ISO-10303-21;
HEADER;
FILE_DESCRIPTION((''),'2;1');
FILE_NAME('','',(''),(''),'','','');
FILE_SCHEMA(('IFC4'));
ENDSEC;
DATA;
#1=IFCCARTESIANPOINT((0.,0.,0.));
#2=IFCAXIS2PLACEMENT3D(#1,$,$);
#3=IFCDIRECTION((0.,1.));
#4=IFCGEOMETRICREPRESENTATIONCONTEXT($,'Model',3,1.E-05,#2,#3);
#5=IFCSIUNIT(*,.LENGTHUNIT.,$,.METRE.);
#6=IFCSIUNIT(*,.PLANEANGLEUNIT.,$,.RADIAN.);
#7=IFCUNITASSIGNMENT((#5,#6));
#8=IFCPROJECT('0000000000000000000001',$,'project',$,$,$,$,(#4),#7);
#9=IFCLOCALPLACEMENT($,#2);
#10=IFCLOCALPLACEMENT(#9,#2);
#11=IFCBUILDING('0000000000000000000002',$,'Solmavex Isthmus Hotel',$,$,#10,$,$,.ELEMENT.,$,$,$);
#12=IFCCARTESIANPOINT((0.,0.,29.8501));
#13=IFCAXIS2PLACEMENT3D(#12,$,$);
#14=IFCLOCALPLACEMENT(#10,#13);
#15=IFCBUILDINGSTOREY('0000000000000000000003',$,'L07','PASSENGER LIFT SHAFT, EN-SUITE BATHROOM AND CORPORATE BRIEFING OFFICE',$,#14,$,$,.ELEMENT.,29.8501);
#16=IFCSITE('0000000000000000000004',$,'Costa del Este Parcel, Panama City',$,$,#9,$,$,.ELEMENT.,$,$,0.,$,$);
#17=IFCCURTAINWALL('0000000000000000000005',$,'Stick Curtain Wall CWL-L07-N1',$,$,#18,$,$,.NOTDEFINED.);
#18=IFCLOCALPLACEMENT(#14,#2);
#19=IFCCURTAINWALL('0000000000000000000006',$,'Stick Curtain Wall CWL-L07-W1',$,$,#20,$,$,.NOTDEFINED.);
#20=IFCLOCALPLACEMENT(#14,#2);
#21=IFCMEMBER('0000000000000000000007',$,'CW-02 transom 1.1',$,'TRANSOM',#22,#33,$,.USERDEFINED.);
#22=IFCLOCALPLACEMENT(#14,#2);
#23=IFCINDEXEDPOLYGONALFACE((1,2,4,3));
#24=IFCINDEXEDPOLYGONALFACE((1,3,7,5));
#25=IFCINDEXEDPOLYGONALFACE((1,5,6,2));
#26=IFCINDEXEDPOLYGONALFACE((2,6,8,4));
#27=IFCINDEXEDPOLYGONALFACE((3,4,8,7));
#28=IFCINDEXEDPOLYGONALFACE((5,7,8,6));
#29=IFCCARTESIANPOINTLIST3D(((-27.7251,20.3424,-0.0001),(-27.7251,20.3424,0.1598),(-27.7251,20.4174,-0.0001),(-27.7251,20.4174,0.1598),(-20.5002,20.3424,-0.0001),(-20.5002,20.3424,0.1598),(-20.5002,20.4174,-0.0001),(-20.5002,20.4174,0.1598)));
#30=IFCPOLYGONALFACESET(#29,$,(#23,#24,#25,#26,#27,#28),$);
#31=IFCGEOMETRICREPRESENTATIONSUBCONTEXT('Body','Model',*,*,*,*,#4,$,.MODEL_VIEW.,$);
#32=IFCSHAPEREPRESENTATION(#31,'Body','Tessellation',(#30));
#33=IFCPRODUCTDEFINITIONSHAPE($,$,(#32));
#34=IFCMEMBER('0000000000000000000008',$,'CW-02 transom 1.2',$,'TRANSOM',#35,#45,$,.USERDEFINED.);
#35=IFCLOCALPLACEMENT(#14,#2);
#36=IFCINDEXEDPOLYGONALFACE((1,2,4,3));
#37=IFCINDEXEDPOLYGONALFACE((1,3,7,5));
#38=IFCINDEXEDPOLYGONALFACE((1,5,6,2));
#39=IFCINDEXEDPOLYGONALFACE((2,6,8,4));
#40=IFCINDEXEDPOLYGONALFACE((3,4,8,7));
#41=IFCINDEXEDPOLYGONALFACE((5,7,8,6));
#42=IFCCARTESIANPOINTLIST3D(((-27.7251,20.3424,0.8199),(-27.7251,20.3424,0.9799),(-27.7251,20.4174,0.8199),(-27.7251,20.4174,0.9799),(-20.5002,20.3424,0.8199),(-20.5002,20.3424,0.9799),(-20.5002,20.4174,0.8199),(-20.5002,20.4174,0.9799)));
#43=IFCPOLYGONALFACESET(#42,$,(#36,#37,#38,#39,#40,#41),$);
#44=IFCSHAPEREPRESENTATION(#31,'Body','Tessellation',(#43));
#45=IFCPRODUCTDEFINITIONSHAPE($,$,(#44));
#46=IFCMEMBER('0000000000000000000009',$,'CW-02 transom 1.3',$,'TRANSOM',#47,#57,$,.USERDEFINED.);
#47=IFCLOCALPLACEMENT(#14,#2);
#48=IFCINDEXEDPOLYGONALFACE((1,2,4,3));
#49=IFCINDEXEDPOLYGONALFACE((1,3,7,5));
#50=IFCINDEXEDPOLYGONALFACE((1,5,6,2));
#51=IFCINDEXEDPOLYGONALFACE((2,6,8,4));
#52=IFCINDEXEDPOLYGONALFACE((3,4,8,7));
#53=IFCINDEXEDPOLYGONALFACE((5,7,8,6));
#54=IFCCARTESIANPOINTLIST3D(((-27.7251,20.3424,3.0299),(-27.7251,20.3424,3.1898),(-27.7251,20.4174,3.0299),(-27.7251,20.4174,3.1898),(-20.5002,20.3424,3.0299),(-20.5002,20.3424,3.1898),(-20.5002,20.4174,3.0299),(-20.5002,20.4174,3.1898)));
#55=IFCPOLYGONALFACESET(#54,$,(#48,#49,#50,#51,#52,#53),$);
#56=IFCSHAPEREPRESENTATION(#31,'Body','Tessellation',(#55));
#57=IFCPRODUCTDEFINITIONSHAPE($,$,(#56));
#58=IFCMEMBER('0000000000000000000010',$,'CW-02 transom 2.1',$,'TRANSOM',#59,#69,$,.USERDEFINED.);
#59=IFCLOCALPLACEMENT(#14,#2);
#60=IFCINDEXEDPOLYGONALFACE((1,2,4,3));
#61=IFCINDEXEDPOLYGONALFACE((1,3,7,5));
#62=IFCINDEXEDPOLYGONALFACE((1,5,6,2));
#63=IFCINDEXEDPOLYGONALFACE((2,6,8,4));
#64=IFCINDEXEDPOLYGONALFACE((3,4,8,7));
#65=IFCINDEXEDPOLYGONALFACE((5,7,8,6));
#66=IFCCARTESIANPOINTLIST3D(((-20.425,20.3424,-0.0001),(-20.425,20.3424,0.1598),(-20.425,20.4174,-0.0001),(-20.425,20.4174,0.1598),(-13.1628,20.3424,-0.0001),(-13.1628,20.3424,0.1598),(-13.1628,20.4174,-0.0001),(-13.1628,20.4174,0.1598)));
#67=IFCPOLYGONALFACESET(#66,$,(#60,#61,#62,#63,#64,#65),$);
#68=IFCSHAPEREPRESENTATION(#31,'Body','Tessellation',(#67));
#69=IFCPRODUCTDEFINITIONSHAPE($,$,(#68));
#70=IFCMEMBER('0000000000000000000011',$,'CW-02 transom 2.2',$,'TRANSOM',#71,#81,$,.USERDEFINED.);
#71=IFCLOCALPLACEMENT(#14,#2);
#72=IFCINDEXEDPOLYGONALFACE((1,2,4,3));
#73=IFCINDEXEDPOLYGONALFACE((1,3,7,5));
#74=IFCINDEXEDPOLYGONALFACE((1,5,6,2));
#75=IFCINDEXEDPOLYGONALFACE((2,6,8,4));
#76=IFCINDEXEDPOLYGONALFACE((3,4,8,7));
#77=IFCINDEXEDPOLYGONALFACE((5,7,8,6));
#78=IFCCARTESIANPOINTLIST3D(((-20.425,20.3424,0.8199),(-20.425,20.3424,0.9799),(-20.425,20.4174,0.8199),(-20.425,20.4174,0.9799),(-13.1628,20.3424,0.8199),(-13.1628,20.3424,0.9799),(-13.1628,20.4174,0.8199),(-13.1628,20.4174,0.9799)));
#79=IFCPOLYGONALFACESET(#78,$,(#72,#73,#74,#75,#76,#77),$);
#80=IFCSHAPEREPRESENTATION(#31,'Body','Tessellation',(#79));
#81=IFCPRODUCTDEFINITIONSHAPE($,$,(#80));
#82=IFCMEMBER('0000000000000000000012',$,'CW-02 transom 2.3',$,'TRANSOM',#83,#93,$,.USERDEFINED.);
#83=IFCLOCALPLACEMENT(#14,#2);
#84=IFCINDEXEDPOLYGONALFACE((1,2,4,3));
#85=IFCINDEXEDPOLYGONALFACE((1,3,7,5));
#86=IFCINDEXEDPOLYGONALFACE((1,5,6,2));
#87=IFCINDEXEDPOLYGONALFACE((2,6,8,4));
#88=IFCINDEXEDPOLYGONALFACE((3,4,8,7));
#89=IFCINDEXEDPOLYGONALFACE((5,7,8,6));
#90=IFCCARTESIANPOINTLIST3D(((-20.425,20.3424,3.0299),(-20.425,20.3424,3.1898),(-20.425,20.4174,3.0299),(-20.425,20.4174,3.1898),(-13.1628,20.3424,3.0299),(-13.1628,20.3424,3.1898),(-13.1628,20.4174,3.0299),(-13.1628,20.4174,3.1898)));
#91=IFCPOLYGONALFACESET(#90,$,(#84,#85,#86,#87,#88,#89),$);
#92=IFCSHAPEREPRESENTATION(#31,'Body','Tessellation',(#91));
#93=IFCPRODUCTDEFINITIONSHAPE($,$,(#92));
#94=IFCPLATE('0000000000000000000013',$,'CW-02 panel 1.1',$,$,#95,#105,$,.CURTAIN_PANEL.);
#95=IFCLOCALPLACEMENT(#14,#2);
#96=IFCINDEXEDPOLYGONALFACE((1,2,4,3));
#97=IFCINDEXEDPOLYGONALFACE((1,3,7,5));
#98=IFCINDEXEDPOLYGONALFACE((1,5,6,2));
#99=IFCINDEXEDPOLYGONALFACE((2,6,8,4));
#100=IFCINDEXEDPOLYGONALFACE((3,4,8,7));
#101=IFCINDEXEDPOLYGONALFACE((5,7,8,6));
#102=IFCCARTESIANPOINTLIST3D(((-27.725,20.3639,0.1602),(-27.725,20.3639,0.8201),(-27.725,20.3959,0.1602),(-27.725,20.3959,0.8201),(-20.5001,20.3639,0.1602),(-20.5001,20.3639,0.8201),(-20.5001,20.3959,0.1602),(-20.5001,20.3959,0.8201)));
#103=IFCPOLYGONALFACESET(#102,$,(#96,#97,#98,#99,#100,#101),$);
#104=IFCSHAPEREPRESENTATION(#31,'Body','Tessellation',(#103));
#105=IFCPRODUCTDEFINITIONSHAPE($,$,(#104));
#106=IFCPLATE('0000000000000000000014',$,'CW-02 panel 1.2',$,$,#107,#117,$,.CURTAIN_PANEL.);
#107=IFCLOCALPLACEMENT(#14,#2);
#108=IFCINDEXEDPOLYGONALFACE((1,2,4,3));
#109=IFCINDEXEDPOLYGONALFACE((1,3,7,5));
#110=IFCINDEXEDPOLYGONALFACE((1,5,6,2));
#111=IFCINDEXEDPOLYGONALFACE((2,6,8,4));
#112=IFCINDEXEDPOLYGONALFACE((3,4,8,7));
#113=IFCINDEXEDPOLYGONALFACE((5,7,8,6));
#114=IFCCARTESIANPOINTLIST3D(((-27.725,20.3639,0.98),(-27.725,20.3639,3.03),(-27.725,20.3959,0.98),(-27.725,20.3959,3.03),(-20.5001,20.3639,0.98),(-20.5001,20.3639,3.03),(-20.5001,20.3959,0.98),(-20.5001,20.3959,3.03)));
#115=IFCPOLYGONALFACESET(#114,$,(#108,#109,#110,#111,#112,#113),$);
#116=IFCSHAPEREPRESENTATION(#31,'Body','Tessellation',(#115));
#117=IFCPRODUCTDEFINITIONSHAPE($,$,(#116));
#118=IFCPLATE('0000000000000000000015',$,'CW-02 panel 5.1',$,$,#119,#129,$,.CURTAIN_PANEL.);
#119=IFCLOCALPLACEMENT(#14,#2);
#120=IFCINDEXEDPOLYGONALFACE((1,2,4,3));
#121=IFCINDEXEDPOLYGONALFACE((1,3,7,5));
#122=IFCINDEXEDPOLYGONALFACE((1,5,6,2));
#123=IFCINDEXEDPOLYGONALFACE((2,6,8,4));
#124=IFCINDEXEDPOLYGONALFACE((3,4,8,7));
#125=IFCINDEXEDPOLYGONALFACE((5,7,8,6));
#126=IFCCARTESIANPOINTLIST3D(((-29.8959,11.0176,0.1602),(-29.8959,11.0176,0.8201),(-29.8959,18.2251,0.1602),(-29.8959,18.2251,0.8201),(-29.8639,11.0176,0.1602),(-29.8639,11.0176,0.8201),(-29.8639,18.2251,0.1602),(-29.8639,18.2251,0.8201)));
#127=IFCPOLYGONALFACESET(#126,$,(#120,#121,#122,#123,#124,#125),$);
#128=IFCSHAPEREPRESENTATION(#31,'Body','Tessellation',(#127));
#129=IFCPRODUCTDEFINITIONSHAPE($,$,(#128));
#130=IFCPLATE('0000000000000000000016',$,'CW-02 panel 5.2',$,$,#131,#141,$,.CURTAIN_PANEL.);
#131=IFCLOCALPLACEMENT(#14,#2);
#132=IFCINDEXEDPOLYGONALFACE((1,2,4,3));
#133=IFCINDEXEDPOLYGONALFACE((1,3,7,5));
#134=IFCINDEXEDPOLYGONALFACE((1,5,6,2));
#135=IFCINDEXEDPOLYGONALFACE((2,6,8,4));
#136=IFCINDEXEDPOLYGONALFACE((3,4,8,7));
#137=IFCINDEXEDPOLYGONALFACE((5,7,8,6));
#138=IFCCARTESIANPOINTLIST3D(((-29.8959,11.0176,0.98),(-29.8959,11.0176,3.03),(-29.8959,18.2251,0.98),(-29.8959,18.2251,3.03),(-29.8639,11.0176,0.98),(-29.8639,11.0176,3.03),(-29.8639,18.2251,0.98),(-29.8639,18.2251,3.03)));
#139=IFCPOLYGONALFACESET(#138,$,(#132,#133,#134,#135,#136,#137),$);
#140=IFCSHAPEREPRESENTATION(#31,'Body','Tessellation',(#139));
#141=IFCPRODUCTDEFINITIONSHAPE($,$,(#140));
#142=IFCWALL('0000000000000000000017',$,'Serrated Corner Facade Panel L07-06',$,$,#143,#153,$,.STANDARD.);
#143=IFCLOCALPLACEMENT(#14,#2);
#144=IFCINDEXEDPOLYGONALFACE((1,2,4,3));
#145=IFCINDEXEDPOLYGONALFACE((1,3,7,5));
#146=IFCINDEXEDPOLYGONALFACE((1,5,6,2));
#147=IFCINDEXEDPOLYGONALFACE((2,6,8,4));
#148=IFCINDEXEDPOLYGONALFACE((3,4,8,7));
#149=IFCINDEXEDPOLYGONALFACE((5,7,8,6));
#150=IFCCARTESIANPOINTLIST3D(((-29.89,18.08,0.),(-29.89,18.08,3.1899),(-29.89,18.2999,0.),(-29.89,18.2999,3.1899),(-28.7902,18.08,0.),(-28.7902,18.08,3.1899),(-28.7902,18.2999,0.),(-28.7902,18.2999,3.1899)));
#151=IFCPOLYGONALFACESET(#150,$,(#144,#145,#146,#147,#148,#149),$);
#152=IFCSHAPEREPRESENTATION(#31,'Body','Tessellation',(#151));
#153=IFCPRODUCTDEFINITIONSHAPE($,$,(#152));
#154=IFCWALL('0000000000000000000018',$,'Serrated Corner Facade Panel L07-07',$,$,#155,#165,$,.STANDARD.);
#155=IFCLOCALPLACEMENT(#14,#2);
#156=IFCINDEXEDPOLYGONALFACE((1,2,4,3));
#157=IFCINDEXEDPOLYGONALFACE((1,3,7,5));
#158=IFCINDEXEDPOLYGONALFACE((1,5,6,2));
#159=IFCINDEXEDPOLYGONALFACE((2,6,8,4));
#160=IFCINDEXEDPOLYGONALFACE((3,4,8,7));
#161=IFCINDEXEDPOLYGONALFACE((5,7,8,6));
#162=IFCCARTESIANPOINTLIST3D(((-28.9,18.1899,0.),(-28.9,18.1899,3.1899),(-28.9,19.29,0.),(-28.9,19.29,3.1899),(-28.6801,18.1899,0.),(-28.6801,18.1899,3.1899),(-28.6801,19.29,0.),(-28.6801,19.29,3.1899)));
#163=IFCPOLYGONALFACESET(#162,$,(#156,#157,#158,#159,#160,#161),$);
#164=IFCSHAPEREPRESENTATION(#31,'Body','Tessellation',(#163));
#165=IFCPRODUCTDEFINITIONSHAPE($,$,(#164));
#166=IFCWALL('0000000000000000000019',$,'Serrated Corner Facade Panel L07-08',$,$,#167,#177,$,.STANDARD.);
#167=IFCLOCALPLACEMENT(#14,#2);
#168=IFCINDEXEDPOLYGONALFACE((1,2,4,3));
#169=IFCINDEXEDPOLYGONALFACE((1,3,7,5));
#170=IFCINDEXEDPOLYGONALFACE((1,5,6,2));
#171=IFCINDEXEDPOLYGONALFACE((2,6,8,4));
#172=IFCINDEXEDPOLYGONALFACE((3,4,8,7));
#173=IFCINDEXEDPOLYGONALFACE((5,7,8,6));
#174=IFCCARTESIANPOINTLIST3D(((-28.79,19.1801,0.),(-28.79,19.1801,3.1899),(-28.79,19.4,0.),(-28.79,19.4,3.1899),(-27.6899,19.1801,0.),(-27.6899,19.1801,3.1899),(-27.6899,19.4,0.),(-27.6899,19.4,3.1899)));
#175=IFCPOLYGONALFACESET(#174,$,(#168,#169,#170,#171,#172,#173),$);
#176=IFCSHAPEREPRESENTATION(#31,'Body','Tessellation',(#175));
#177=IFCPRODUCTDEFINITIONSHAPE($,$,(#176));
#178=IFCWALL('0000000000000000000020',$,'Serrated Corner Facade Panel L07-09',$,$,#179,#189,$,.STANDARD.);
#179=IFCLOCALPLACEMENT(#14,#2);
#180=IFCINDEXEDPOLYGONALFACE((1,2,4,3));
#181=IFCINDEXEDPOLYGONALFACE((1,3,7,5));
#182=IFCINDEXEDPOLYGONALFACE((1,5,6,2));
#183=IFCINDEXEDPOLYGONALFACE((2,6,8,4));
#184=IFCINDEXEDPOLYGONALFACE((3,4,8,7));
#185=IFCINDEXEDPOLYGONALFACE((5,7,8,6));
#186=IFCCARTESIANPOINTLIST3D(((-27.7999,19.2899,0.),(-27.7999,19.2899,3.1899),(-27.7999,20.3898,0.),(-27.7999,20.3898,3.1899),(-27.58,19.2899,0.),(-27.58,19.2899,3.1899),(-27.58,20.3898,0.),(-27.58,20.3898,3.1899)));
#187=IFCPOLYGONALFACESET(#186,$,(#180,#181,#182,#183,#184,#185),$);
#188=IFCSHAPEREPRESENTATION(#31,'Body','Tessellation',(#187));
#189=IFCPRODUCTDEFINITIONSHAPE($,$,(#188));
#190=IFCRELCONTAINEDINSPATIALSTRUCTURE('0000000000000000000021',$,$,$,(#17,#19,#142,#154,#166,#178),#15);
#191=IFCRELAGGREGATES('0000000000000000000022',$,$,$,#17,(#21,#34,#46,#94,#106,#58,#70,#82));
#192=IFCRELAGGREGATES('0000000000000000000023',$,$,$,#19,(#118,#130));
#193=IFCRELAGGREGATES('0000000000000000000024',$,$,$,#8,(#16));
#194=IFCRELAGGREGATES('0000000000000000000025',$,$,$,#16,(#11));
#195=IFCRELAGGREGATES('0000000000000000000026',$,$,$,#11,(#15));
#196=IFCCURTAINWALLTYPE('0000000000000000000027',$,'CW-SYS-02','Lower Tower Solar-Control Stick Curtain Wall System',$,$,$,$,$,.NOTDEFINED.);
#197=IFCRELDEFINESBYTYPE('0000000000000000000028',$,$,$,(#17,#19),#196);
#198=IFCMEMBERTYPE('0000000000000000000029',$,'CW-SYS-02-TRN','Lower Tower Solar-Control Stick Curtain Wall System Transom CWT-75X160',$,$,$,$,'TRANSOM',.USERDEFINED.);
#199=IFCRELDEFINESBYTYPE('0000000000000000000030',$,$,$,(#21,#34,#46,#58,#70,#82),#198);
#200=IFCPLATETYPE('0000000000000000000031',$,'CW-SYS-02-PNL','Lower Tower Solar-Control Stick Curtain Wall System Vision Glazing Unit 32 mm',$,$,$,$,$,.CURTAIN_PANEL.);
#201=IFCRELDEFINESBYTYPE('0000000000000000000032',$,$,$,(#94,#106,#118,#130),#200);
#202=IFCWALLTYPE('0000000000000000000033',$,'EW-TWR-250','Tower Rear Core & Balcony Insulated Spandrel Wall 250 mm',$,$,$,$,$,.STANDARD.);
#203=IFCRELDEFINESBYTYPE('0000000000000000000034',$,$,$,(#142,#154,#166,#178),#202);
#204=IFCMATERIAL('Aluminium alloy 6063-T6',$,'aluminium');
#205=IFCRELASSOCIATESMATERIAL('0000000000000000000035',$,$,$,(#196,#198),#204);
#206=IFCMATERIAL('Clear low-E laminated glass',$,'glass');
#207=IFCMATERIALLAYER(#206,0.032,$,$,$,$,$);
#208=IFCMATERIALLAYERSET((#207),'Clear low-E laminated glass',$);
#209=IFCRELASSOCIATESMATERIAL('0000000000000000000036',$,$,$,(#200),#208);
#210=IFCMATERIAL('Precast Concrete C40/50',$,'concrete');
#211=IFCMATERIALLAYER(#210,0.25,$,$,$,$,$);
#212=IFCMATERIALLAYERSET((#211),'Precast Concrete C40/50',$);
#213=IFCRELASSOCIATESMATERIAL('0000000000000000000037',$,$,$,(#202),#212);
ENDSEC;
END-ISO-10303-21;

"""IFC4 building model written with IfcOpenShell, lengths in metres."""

from ifc_helpers import new_model, si_unit, direction, frame, frame_2d, origin, origin_2d, place, context, subcontext, project, spatial, rectangle, extrude, material, layer, layer_set, material_profile, profile_set, type_object, element, aggregate, save


model = new_model("IFC4")

# Units and contexts
model_context = context("Model", 3, precision=1e-05, world=origin(), true_north=direction((0.0, 1.0)))
body_context = subcontext(model_context, "Body", "Model", "MODEL_VIEW")
ifc_project = project(units=[si_unit("LENGTHUNIT", "METRE"), si_unit("PLANEANGLEUNIT", "RADIAN")], contexts=[model_context])

# Site, building, storey
site_placement = place(None, origin())
site = spatial("IfcSite", under=ifc_project, at=site_placement, Name="Costa del Este Parcel, Panama City", CompositionType="ELEMENT", RefElevation=0.0)
building_placement = place(site_placement, origin())
building = spatial("IfcBuilding", under=site, at=building_placement, Name="Solmavex Isthmus Hotel", CompositionType="ELEMENT")
storey_placement = place(building_placement, frame((0.0, 0.0, 29.8501)))
storey = spatial("IfcBuildingStorey", under=building, at=storey_placement, Name="L07", Description="PASSENGER LIFT SHAFT, EN-SUITE BATHROOM AND CORPORATE BRIEFING OFFICE", CompositionType="ELEMENT", Elevation=29.8501)

# Curtain wall
ifc_material_1 = material(Name="Aluminium alloy 6063-T6", Category="aluminium")
curtain_wall_type = type_object("IfcCurtainWallType", Name="CW-SYS-02", Description="Lower Tower Solar-Control Stick Curtain Wall System", PredefinedType="NOTDEFINED", material=ifc_material_1)
curtain_wall_1_placement = place(storey_placement, origin())
curtain_wall_1 = element("IfcCurtainWall", 1, at=curtain_wall_1_placement, inside=storey, type_object=curtain_wall_type, Name="Stick Curtain Wall CWL-L07-N1", PredefinedType="NOTDEFINED")

# Curtain wall
curtain_wall_2_placement = place(storey_placement, origin())
curtain_wall_2 = element("IfcCurtainWall", 2, at=curtain_wall_2_placement, inside=storey, type_object=curtain_wall_type, Name="Stick Curtain Wall CWL-L07-W1", PredefinedType="NOTDEFINED")

# Members
ifc_material_profile_1 = material_profile(ifc_material_1, rectangle(XDim=0.075, YDim=0.1599, at=origin_2d()), Name="CWT-75X160")
ifc_profile_set_1 = profile_set([ifc_material_profile_1], Name="Aluminium alloy 6063-T6")
member_type_1 = type_object("IfcMemberType", Name="CW-SYS-02-TRN", Description="Lower Tower Solar-Control Stick Curtain Wall System Transom CWT-75X160", ElementType="TRANSOM", PredefinedType="USERDEFINED", material=ifc_profile_set_1)
member_1_placement = place(storey_placement, frame((-27.7251, 20.3799, 0.0798), z_axis=(1.0, 0.0, 0.0), x_axis=(0.0, 1.0, 0.0)))
member_1 = element("IfcMember", 3, at=member_1_placement, type_object=member_type_1, Name="CW-02 transom 1.1", ObjectType="TRANSOM", PredefinedType="USERDEFINED", context=body_context, shape_type="SweptSolid", body=[
    extrude(rectangle(XDim=0.075, YDim=0.1599, at=origin_2d()), origin(), (0.0, 0.0, 1.0), 7.2249),
])
member_2_placement = place(storey_placement, frame((-27.7251, 20.3799, 0.8999), z_axis=(1.0, 0.0, 0.0), x_axis=(0.0, 1.0, 0.0)))
member_2 = element("IfcMember", 4, at=member_2_placement, type_object=member_type_1, Name="CW-02 transom 1.2", ObjectType="TRANSOM", PredefinedType="USERDEFINED", context=body_context, shape_type="SweptSolid", body=[
    extrude(rectangle(XDim=0.075, YDim=0.1599, at=origin_2d()), origin(), (0.0, 0.0, 1.0), 7.2249),
])
member_3_placement = place(storey_placement, frame((-27.7251, 20.3799, 3.1099), z_axis=(1.0, 0.0, 0.0), x_axis=(0.0, 1.0, 0.0)))
member_3 = element("IfcMember", 5, at=member_3_placement, type_object=member_type_1, Name="CW-02 transom 1.3", ObjectType="TRANSOM", PredefinedType="USERDEFINED", context=body_context, shape_type="SweptSolid", body=[
    extrude(rectangle(XDim=0.075, YDim=0.1599, at=origin_2d()), origin(), (0.0, 0.0, 1.0), 7.2249),
])
member_4_placement = place(storey_placement, frame((-20.425, 20.3799, 0.0798), z_axis=(1.0, 0.0, 0.0), x_axis=(0.0, 1.0, 0.0)))
member_4 = element("IfcMember", 6, at=member_4_placement, type_object=member_type_1, Name="CW-02 transom 2.1", ObjectType="TRANSOM", PredefinedType="USERDEFINED", context=body_context, shape_type="SweptSolid", body=[
    extrude(rectangle(XDim=0.075, YDim=0.1599, at=origin_2d()), origin(), (0.0, 0.0, 1.0), 7.2622),
])
member_5_placement = place(storey_placement, frame((-20.425, 20.3799, 0.8999), z_axis=(1.0, 0.0, 0.0), x_axis=(0.0, 1.0, 0.0)))
member_5 = element("IfcMember", 7, at=member_5_placement, type_object=member_type_1, Name="CW-02 transom 2.2", ObjectType="TRANSOM", PredefinedType="USERDEFINED", context=body_context, shape_type="SweptSolid", body=[
    extrude(rectangle(XDim=0.075, YDim=0.1599, at=origin_2d()), origin(), (0.0, 0.0, 1.0), 7.2622),
])
member_6_placement = place(storey_placement, frame((-20.425, 20.3799, 3.1099), z_axis=(1.0, 0.0, 0.0), x_axis=(0.0, 1.0, 0.0)))
member_6 = element("IfcMember", 8, at=member_6_placement, type_object=member_type_1, Name="CW-02 transom 2.3", ObjectType="TRANSOM", PredefinedType="USERDEFINED", context=body_context, shape_type="SweptSolid", body=[
    extrude(rectangle(XDim=0.075, YDim=0.1599, at=origin_2d()), origin(), (0.0, 0.0, 1.0), 7.2622),
])

# Plates
ifc_material_2 = material(Name="Clear low-E laminated glass", Category="glass")
ifc_layer_1 = layer(ifc_material_2, 0.032)
ifc_layer_set_1 = layer_set([ifc_layer_1], Name="Clear low-E laminated glass")
plate_type = type_object("IfcPlateType", Name="CW-SYS-02-PNL", Description="Lower Tower Solar-Control Stick Curtain Wall System Vision Glazing Unit 32 mm", PredefinedType="CURTAIN_PANEL", material=ifc_layer_set_1)
plate_1_placement = place(storey_placement, frame((-24.1125, 20.3799, 0.1602), z_axis=(0.0, 0.0, 1.0), x_axis=(1.0, 0.0, 0.0)))
plate_1 = element("IfcPlate", 9, at=plate_1_placement, type_object=plate_type, Name="CW-02 panel 1.1", PredefinedType="CURTAIN_PANEL", context=body_context, shape_type="SweptSolid", body=[
    extrude(rectangle(XDim=7.2249, YDim=0.032, at=origin_2d()), origin(), (0.0, 0.0, 1.0), 0.6599),
])
plate_2_placement = place(storey_placement, frame((-24.1125, 20.3799, 0.98), z_axis=(0.0, 0.0, 1.0), x_axis=(1.0, 0.0, 0.0)))
plate_2 = element("IfcPlate", 10, at=plate_2_placement, type_object=plate_type, Name="CW-02 panel 1.2", PredefinedType="CURTAIN_PANEL", context=body_context, shape_type="SweptSolid", body=[
    extrude(rectangle(XDim=7.2249, YDim=0.032, at=origin_2d()), origin(), (0.0, 0.0, 1.0), 2.05),
])
aggregate(curtain_wall_1, [member_1, member_2, member_3, plate_1, plate_2, member_4, member_5, member_6])
plate_3_placement = place(storey_placement, frame((-29.8799, 14.6213, 0.1602), z_axis=(0.0, 0.0, 1.0), x_axis=(0.0, 1.0, 0.0)))
plate_3 = element("IfcPlate", 11, at=plate_3_placement, type_object=plate_type, Name="CW-02 panel 5.1", PredefinedType="CURTAIN_PANEL", context=body_context, shape_type="SweptSolid", body=[
    extrude(rectangle(XDim=7.2075, YDim=0.032, at=origin_2d()), origin(), (0.0, 0.0, 1.0), 0.6599),
])
plate_4_placement = place(storey_placement, frame((-29.8799, 14.6213, 0.98), z_axis=(0.0, 0.0, 1.0), x_axis=(0.0, 1.0, 0.0)))
plate_4 = element("IfcPlate", 12, at=plate_4_placement, type_object=plate_type, Name="CW-02 panel 5.2", PredefinedType="CURTAIN_PANEL", context=body_context, shape_type="SweptSolid", body=[
    extrude(rectangle(XDim=7.2075, YDim=0.032, at=origin_2d()), origin(), (0.0, 0.0, 1.0), 2.05),
])
aggregate(curtain_wall_2, [plate_3, plate_4])

# Walls
ifc_material_3 = material(Name="Precast Concrete C40/50", Category="concrete")
ifc_layer_2 = layer(ifc_material_3, 0.25)
ifc_layer_set_2 = layer_set([ifc_layer_2], Name="Precast Concrete C40/50")
wall_type_1 = type_object("IfcWallType", Name="EW-TWR-250", Description="Tower Rear Core & Balcony Insulated Spandrel Wall 250 mm", PredefinedType="STANDARD", material=ifc_layer_set_2)
wall_1_placement = place(storey_placement, frame((-29.8899, 18.1899, 0.0), z_axis=(0.0, 0.0, 1.0), x_axis=(1.0, 0.0, 0.0)))
element("IfcWall", 13, at=wall_1_placement, inside=storey, type_object=wall_type_1, Name="Serrated Corner Facade Panel L07-06", PredefinedType="STANDARD", context=body_context, shape_type="SweptSolid", body=[
    extrude(rectangle(XDim=1.0999, YDim=0.22, at=frame_2d((0.5498, 0.0))), origin(), (0.0, 0.0, 1.0), 3.1899),
])
for number, where, z_axis, x_axis, name in (
    (14, (-28.79, 18.1899, 0.0), (0.0, 0.0, 1.0), (0.0, 1.0, 0.0), "Serrated Corner Facade Panel L07-07"),
    (15, (-28.79, 19.29, 0.0), (0.0, 0.0, 1.0), (1.0, 0.0, 0.0), "Serrated Corner Facade Panel L07-08"),
):
    element("IfcWall", number, at=place(storey_placement, frame(where, z_axis=z_axis, x_axis=x_axis)), inside=storey, type_object=wall_type_1, Name=name, PredefinedType="STANDARD", context=body_context, shape_type="SweptSolid", body=[
        extrude(rectangle(XDim=1.1001, YDim=0.22, at=frame_2d((0.55, 0.0))), origin(), (0.0, 0.0, 1.0), 3.1899),
    ])
wall_2_placement = place(storey_placement, frame((-27.6899, 19.29, 0.0), z_axis=(0.0, 0.0, 1.0), x_axis=(0.0, 1.0, 0.0)))
element("IfcWall", 16, at=wall_2_placement, inside=storey, type_object=wall_type_1, Name="Serrated Corner Facade Panel L07-09", PredefinedType="STANDARD", context=body_context, shape_type="SweptSolid", body=[
    extrude(rectangle(XDim=1.0999, YDim=0.22, at=frame_2d((0.5498, 0.0))), origin(), (0.0, 0.0, 1.0), 3.1899),
])

save(model, "model.ifc")
